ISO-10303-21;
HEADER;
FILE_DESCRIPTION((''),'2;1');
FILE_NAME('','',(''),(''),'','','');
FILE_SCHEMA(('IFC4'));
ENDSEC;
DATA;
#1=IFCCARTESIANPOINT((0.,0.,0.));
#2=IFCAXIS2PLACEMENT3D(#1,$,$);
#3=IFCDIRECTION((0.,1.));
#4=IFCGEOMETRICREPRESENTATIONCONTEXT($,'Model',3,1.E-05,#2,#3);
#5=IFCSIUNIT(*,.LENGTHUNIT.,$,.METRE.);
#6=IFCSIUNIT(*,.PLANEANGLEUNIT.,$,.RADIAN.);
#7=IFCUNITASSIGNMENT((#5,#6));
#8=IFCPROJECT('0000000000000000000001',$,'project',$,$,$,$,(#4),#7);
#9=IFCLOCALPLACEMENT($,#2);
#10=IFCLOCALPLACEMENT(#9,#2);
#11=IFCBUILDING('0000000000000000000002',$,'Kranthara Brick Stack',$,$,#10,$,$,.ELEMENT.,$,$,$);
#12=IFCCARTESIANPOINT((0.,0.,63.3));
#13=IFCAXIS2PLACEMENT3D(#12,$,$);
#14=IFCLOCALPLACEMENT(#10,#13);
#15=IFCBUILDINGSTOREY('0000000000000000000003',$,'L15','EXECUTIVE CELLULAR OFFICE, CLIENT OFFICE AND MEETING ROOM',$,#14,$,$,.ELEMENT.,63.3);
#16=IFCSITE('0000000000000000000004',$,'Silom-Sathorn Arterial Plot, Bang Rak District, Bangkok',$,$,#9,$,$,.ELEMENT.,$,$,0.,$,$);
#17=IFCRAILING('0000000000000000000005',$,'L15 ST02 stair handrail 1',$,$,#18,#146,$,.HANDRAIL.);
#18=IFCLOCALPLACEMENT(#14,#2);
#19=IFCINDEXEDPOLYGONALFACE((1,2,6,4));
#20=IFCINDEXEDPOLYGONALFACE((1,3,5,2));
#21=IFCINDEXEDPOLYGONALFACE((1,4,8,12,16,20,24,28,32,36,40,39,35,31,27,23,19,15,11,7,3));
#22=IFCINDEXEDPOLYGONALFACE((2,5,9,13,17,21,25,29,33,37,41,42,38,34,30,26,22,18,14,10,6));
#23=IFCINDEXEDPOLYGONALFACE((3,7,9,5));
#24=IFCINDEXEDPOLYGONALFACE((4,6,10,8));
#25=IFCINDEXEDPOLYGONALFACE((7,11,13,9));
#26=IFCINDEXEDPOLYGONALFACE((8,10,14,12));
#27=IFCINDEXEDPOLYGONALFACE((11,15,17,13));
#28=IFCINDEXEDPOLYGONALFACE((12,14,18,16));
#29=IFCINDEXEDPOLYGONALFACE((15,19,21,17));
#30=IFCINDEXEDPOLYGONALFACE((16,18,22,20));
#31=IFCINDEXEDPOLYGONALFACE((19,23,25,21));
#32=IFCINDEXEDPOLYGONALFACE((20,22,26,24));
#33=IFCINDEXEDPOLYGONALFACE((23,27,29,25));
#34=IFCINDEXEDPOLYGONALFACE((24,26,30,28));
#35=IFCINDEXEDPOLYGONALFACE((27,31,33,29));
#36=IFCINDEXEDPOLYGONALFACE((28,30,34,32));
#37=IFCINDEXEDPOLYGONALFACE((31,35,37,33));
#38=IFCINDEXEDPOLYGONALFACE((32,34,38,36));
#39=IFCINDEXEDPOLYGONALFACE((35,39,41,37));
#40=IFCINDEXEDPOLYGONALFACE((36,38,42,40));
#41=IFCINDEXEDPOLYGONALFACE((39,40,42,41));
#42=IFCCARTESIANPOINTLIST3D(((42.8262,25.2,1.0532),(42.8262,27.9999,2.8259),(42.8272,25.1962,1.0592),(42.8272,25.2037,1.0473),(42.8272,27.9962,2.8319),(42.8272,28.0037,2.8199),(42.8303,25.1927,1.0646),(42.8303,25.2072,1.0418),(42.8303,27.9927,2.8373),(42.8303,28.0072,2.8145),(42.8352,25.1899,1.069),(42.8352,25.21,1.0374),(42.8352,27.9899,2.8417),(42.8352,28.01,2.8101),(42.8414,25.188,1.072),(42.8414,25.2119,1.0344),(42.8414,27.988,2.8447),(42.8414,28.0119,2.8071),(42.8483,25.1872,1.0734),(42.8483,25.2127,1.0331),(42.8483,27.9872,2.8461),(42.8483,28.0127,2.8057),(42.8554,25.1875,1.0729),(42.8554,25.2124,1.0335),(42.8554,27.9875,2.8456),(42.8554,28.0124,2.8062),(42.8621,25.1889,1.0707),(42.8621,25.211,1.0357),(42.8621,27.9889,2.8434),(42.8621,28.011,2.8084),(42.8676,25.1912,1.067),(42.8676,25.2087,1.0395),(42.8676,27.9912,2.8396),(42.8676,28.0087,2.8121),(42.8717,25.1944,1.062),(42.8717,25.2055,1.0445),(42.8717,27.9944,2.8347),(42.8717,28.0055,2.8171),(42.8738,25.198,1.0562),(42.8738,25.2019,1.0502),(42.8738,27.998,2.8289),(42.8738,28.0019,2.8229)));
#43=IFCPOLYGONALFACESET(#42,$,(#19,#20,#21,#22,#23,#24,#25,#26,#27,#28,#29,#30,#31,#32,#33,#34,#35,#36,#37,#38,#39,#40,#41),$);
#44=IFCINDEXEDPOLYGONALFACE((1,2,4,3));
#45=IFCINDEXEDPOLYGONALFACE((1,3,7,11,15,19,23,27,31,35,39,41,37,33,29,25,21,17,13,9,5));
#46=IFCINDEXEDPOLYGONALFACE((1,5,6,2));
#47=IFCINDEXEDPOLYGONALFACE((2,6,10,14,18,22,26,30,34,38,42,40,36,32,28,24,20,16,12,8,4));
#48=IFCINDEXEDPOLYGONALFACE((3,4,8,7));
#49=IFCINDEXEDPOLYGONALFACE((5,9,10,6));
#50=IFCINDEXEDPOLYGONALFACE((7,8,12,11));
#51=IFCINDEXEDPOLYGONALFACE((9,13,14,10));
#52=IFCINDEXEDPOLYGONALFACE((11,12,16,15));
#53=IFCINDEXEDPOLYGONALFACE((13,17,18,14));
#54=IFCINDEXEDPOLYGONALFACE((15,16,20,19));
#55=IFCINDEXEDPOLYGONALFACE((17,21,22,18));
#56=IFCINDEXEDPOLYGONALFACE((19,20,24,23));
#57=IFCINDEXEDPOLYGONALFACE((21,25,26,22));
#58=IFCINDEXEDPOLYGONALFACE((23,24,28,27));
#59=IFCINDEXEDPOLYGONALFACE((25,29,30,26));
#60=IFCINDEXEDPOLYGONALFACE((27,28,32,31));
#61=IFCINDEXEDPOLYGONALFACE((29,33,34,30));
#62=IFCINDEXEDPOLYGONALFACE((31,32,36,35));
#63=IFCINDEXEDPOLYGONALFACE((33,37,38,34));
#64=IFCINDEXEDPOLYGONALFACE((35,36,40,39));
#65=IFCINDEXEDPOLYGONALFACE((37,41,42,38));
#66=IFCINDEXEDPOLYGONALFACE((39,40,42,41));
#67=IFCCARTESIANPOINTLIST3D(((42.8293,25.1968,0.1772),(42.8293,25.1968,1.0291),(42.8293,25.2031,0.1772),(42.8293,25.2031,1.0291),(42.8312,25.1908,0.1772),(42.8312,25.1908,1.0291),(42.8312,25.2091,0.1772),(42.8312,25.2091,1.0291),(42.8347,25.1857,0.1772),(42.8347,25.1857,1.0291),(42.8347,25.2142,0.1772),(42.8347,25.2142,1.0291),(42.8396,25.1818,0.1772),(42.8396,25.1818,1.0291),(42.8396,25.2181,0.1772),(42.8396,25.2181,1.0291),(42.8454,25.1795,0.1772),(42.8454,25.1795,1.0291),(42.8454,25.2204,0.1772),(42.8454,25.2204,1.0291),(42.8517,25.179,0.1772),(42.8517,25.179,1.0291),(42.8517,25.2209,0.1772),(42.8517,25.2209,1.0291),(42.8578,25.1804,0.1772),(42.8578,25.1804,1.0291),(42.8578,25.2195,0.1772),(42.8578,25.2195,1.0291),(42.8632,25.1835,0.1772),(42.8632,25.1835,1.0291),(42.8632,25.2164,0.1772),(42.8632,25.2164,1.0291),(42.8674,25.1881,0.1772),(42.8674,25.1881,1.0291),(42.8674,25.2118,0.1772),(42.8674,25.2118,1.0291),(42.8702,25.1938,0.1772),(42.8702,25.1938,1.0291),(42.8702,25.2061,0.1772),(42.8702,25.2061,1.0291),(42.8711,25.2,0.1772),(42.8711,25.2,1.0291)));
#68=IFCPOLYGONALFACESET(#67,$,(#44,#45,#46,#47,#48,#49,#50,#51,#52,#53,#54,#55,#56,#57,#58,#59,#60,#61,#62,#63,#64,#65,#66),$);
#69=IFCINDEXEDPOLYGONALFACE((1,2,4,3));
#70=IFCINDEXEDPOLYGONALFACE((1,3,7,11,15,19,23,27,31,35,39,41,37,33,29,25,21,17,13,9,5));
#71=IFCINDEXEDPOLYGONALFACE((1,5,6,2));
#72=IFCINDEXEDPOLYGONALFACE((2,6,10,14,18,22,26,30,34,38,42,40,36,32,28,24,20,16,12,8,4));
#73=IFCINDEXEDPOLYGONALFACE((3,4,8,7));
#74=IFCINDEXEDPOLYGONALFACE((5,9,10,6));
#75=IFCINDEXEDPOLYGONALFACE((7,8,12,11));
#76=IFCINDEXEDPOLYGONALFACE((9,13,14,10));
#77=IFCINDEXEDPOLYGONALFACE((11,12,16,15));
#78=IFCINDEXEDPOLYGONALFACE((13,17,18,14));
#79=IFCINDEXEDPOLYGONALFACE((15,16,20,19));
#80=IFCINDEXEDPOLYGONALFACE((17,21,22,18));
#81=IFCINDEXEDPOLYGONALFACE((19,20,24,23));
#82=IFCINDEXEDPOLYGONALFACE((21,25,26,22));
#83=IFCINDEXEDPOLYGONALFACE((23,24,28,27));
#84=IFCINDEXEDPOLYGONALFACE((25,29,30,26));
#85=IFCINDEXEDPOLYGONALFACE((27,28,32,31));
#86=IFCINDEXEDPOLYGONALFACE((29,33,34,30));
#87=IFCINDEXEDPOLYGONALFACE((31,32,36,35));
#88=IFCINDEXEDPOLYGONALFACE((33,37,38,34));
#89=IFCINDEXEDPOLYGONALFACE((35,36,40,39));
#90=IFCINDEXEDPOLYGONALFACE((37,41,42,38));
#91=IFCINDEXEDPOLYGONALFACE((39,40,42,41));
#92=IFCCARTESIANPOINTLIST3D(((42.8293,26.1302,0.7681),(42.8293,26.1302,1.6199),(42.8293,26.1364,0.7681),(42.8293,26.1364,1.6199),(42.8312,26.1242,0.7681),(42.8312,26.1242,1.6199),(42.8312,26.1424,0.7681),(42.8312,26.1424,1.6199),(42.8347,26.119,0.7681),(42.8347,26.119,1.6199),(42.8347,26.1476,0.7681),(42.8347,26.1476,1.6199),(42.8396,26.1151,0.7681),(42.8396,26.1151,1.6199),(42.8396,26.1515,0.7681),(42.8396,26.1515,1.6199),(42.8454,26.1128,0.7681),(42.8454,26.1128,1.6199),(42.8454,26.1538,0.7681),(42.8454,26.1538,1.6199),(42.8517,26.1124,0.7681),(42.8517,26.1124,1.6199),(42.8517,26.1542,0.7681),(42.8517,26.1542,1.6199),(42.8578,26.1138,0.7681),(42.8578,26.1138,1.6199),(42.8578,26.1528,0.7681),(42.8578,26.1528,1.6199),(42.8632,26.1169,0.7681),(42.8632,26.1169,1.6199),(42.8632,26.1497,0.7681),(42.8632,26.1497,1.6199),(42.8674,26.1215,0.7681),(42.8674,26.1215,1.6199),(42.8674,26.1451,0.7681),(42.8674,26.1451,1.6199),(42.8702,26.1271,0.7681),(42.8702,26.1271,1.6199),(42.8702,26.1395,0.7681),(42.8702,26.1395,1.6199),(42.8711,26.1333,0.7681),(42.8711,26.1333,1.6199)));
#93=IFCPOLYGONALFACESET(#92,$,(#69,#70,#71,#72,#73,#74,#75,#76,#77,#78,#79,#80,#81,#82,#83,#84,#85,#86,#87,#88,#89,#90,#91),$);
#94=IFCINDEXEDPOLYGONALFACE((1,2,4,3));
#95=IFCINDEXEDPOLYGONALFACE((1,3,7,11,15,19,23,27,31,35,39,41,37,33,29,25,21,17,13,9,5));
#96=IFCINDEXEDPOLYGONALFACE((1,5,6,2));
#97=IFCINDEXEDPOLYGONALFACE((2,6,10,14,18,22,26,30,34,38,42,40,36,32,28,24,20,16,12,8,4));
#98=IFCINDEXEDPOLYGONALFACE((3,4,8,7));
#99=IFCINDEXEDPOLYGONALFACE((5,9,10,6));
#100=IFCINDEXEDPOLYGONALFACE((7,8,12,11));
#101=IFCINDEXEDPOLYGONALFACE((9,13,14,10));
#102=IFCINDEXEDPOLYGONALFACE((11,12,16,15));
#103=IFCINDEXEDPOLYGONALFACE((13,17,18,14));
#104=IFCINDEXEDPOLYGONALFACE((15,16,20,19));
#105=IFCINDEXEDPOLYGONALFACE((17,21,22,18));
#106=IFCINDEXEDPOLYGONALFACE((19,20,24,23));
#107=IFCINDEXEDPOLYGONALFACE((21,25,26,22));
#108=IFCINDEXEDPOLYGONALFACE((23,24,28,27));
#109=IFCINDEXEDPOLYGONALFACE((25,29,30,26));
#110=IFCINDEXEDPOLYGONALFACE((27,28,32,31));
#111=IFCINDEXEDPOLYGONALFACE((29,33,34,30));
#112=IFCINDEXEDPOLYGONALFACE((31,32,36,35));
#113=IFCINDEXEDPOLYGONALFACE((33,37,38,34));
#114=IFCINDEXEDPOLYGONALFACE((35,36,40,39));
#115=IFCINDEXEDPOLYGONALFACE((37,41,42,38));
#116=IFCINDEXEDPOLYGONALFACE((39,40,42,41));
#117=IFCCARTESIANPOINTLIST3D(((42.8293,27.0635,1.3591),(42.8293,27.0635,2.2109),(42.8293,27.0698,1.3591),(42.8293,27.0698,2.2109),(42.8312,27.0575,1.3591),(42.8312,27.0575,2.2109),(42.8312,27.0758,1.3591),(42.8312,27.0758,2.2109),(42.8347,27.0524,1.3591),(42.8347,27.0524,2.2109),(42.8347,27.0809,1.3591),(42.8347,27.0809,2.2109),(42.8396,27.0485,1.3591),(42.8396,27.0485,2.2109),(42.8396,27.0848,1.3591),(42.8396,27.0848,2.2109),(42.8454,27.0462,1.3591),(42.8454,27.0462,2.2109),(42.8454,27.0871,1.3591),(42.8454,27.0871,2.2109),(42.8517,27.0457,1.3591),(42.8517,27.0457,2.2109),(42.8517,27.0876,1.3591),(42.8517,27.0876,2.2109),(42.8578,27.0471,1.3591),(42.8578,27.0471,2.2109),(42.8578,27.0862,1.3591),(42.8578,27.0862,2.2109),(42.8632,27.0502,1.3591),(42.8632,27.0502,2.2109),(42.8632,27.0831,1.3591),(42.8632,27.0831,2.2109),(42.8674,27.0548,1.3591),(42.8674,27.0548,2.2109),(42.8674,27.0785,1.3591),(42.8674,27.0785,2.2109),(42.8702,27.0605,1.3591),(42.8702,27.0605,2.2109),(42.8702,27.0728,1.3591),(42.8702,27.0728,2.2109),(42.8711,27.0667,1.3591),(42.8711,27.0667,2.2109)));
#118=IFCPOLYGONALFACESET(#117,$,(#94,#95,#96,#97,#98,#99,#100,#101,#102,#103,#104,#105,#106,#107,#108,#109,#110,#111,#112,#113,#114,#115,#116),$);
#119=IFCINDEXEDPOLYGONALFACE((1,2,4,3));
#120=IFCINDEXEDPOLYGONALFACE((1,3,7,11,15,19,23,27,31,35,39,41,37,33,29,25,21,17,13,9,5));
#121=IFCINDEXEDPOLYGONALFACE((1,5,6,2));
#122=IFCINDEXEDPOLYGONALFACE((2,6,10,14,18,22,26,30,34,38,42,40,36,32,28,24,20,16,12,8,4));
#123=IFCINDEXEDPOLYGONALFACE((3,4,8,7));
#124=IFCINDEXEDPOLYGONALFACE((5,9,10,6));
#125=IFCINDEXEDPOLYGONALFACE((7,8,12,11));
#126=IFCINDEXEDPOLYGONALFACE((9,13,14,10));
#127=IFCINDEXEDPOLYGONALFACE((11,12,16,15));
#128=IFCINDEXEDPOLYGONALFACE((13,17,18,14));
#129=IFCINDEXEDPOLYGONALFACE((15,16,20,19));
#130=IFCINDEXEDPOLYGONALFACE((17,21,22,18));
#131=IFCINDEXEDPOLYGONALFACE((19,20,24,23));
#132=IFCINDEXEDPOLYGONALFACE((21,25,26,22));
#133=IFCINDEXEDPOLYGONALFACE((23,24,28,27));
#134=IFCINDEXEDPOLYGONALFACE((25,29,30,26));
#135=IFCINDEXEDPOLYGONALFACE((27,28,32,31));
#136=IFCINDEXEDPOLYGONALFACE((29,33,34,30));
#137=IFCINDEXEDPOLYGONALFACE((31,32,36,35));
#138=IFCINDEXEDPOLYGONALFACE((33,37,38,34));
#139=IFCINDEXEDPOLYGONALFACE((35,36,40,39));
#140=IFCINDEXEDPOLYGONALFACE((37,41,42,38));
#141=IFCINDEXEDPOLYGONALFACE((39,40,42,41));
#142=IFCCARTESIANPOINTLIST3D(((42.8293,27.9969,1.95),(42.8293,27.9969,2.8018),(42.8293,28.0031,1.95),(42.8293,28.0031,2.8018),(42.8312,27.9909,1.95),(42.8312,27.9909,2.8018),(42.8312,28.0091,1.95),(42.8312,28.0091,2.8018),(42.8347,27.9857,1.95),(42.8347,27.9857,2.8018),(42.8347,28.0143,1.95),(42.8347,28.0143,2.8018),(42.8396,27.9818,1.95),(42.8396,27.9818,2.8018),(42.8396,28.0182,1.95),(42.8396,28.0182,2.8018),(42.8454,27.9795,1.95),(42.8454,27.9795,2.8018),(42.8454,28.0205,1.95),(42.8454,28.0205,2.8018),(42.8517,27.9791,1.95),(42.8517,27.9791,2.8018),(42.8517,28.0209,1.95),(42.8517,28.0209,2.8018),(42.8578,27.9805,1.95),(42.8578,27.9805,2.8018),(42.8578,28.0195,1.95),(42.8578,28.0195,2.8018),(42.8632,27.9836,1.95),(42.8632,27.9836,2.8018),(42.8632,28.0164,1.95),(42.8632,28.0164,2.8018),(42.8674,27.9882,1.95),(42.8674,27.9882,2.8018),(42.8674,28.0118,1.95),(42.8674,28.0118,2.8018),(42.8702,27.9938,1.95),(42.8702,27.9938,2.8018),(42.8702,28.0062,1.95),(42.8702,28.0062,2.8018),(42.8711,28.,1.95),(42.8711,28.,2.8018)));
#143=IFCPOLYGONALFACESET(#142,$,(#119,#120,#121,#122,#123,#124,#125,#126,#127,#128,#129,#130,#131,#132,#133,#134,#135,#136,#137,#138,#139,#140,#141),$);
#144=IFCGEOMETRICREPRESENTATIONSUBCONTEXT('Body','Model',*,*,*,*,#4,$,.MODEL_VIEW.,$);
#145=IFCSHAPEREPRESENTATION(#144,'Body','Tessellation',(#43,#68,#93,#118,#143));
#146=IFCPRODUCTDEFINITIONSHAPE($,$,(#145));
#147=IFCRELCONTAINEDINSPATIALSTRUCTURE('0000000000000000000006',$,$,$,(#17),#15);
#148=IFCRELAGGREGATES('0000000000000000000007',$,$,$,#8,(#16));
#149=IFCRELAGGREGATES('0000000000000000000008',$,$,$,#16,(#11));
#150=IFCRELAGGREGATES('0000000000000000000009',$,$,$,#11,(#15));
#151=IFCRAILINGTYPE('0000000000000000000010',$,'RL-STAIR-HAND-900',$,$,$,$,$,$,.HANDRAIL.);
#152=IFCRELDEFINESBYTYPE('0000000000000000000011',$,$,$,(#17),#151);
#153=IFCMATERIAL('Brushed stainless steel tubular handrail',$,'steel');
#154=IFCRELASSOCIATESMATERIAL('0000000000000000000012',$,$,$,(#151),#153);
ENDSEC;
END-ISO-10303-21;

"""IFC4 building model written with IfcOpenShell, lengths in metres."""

from ifc_helpers import new_model, si_unit, direction, frame, origin, origin_2d, place, context, subcontext, project, spatial, circle, extrude, material, type_object, element, save


model = new_model("IFC4")

# Units and contexts
model_context = context("Model", 3, precision=1e-05, world=origin(), true_north=direction((0.0, 1.0)))
body_context = subcontext(model_context, "Body", "Model", "MODEL_VIEW")
ifc_project = project(units=[si_unit("LENGTHUNIT", "METRE"), si_unit("PLANEANGLEUNIT", "RADIAN")], contexts=[model_context])

# Site, building, storey
site_placement = place(None, origin())
site = spatial("IfcSite", under=ifc_project, at=site_placement, Name="Silom-Sathorn Arterial Plot, Bang Rak District, Bangkok", CompositionType="ELEMENT", RefElevation=0.0)
building_placement = place(site_placement, origin())
building = spatial("IfcBuilding", under=site, at=building_placement, Name="Kranthara Brick Stack", CompositionType="ELEMENT")
storey_placement = place(building_placement, frame((0.0, 0.0, 63.3)))
storey = spatial("IfcBuildingStorey", under=building, at=storey_placement, Name="L15", Description="EXECUTIVE CELLULAR OFFICE, CLIENT OFFICE AND MEETING ROOM", CompositionType="ELEMENT", Elevation=63.3)

# Railing
ifc_material_1 = material(Name="Brushed stainless steel tubular handrail", Category="steel")
railing_type_1 = type_object("IfcRailingType", Name="RL-STAIR-HAND-900", PredefinedType="HANDRAIL", material=ifc_material_1)
railing_1_placement = place(storey_placement, frame((42.8501, 25.2, 0.1772)))
element("IfcRailing", 1, at=railing_1_placement, inside=storey, type_object=railing_type_1, Name="L15 ST02 stair handrail 1", PredefinedType="HANDRAIL", context=body_context, shape_type="SweptSolid", body=[
    extrude(circle(Radius=0.0239, at=origin_2d()), frame((0.0, 0.0, 0.876), z_axis=(0.0, 0.844909, 0.53491), x_axis=(-1.0, 0.0, 0.0)), (0.0, 0.0, 1.0), 3.314),
    extrude(circle(Radius=0.021, at=origin_2d()), origin(), (0.0, 0.0, 1.0), 0.8518),
    extrude(circle(Radius=0.021, at=origin_2d()), frame((0.0, 0.9333, 0.5908)), (0.0, 0.0, 1.0), 0.8518),
    extrude(circle(Radius=0.021, at=origin_2d()), frame((0.0, 1.8667, 1.1819)), (0.0, 0.0, 1.0), 0.8518),
    extrude(circle(Radius=0.021, at=origin_2d()), frame((0.0, 2.8, 1.7727)), (0.0, 0.0, 1.0), 0.8518),
])

save(model, "model.ifc")
